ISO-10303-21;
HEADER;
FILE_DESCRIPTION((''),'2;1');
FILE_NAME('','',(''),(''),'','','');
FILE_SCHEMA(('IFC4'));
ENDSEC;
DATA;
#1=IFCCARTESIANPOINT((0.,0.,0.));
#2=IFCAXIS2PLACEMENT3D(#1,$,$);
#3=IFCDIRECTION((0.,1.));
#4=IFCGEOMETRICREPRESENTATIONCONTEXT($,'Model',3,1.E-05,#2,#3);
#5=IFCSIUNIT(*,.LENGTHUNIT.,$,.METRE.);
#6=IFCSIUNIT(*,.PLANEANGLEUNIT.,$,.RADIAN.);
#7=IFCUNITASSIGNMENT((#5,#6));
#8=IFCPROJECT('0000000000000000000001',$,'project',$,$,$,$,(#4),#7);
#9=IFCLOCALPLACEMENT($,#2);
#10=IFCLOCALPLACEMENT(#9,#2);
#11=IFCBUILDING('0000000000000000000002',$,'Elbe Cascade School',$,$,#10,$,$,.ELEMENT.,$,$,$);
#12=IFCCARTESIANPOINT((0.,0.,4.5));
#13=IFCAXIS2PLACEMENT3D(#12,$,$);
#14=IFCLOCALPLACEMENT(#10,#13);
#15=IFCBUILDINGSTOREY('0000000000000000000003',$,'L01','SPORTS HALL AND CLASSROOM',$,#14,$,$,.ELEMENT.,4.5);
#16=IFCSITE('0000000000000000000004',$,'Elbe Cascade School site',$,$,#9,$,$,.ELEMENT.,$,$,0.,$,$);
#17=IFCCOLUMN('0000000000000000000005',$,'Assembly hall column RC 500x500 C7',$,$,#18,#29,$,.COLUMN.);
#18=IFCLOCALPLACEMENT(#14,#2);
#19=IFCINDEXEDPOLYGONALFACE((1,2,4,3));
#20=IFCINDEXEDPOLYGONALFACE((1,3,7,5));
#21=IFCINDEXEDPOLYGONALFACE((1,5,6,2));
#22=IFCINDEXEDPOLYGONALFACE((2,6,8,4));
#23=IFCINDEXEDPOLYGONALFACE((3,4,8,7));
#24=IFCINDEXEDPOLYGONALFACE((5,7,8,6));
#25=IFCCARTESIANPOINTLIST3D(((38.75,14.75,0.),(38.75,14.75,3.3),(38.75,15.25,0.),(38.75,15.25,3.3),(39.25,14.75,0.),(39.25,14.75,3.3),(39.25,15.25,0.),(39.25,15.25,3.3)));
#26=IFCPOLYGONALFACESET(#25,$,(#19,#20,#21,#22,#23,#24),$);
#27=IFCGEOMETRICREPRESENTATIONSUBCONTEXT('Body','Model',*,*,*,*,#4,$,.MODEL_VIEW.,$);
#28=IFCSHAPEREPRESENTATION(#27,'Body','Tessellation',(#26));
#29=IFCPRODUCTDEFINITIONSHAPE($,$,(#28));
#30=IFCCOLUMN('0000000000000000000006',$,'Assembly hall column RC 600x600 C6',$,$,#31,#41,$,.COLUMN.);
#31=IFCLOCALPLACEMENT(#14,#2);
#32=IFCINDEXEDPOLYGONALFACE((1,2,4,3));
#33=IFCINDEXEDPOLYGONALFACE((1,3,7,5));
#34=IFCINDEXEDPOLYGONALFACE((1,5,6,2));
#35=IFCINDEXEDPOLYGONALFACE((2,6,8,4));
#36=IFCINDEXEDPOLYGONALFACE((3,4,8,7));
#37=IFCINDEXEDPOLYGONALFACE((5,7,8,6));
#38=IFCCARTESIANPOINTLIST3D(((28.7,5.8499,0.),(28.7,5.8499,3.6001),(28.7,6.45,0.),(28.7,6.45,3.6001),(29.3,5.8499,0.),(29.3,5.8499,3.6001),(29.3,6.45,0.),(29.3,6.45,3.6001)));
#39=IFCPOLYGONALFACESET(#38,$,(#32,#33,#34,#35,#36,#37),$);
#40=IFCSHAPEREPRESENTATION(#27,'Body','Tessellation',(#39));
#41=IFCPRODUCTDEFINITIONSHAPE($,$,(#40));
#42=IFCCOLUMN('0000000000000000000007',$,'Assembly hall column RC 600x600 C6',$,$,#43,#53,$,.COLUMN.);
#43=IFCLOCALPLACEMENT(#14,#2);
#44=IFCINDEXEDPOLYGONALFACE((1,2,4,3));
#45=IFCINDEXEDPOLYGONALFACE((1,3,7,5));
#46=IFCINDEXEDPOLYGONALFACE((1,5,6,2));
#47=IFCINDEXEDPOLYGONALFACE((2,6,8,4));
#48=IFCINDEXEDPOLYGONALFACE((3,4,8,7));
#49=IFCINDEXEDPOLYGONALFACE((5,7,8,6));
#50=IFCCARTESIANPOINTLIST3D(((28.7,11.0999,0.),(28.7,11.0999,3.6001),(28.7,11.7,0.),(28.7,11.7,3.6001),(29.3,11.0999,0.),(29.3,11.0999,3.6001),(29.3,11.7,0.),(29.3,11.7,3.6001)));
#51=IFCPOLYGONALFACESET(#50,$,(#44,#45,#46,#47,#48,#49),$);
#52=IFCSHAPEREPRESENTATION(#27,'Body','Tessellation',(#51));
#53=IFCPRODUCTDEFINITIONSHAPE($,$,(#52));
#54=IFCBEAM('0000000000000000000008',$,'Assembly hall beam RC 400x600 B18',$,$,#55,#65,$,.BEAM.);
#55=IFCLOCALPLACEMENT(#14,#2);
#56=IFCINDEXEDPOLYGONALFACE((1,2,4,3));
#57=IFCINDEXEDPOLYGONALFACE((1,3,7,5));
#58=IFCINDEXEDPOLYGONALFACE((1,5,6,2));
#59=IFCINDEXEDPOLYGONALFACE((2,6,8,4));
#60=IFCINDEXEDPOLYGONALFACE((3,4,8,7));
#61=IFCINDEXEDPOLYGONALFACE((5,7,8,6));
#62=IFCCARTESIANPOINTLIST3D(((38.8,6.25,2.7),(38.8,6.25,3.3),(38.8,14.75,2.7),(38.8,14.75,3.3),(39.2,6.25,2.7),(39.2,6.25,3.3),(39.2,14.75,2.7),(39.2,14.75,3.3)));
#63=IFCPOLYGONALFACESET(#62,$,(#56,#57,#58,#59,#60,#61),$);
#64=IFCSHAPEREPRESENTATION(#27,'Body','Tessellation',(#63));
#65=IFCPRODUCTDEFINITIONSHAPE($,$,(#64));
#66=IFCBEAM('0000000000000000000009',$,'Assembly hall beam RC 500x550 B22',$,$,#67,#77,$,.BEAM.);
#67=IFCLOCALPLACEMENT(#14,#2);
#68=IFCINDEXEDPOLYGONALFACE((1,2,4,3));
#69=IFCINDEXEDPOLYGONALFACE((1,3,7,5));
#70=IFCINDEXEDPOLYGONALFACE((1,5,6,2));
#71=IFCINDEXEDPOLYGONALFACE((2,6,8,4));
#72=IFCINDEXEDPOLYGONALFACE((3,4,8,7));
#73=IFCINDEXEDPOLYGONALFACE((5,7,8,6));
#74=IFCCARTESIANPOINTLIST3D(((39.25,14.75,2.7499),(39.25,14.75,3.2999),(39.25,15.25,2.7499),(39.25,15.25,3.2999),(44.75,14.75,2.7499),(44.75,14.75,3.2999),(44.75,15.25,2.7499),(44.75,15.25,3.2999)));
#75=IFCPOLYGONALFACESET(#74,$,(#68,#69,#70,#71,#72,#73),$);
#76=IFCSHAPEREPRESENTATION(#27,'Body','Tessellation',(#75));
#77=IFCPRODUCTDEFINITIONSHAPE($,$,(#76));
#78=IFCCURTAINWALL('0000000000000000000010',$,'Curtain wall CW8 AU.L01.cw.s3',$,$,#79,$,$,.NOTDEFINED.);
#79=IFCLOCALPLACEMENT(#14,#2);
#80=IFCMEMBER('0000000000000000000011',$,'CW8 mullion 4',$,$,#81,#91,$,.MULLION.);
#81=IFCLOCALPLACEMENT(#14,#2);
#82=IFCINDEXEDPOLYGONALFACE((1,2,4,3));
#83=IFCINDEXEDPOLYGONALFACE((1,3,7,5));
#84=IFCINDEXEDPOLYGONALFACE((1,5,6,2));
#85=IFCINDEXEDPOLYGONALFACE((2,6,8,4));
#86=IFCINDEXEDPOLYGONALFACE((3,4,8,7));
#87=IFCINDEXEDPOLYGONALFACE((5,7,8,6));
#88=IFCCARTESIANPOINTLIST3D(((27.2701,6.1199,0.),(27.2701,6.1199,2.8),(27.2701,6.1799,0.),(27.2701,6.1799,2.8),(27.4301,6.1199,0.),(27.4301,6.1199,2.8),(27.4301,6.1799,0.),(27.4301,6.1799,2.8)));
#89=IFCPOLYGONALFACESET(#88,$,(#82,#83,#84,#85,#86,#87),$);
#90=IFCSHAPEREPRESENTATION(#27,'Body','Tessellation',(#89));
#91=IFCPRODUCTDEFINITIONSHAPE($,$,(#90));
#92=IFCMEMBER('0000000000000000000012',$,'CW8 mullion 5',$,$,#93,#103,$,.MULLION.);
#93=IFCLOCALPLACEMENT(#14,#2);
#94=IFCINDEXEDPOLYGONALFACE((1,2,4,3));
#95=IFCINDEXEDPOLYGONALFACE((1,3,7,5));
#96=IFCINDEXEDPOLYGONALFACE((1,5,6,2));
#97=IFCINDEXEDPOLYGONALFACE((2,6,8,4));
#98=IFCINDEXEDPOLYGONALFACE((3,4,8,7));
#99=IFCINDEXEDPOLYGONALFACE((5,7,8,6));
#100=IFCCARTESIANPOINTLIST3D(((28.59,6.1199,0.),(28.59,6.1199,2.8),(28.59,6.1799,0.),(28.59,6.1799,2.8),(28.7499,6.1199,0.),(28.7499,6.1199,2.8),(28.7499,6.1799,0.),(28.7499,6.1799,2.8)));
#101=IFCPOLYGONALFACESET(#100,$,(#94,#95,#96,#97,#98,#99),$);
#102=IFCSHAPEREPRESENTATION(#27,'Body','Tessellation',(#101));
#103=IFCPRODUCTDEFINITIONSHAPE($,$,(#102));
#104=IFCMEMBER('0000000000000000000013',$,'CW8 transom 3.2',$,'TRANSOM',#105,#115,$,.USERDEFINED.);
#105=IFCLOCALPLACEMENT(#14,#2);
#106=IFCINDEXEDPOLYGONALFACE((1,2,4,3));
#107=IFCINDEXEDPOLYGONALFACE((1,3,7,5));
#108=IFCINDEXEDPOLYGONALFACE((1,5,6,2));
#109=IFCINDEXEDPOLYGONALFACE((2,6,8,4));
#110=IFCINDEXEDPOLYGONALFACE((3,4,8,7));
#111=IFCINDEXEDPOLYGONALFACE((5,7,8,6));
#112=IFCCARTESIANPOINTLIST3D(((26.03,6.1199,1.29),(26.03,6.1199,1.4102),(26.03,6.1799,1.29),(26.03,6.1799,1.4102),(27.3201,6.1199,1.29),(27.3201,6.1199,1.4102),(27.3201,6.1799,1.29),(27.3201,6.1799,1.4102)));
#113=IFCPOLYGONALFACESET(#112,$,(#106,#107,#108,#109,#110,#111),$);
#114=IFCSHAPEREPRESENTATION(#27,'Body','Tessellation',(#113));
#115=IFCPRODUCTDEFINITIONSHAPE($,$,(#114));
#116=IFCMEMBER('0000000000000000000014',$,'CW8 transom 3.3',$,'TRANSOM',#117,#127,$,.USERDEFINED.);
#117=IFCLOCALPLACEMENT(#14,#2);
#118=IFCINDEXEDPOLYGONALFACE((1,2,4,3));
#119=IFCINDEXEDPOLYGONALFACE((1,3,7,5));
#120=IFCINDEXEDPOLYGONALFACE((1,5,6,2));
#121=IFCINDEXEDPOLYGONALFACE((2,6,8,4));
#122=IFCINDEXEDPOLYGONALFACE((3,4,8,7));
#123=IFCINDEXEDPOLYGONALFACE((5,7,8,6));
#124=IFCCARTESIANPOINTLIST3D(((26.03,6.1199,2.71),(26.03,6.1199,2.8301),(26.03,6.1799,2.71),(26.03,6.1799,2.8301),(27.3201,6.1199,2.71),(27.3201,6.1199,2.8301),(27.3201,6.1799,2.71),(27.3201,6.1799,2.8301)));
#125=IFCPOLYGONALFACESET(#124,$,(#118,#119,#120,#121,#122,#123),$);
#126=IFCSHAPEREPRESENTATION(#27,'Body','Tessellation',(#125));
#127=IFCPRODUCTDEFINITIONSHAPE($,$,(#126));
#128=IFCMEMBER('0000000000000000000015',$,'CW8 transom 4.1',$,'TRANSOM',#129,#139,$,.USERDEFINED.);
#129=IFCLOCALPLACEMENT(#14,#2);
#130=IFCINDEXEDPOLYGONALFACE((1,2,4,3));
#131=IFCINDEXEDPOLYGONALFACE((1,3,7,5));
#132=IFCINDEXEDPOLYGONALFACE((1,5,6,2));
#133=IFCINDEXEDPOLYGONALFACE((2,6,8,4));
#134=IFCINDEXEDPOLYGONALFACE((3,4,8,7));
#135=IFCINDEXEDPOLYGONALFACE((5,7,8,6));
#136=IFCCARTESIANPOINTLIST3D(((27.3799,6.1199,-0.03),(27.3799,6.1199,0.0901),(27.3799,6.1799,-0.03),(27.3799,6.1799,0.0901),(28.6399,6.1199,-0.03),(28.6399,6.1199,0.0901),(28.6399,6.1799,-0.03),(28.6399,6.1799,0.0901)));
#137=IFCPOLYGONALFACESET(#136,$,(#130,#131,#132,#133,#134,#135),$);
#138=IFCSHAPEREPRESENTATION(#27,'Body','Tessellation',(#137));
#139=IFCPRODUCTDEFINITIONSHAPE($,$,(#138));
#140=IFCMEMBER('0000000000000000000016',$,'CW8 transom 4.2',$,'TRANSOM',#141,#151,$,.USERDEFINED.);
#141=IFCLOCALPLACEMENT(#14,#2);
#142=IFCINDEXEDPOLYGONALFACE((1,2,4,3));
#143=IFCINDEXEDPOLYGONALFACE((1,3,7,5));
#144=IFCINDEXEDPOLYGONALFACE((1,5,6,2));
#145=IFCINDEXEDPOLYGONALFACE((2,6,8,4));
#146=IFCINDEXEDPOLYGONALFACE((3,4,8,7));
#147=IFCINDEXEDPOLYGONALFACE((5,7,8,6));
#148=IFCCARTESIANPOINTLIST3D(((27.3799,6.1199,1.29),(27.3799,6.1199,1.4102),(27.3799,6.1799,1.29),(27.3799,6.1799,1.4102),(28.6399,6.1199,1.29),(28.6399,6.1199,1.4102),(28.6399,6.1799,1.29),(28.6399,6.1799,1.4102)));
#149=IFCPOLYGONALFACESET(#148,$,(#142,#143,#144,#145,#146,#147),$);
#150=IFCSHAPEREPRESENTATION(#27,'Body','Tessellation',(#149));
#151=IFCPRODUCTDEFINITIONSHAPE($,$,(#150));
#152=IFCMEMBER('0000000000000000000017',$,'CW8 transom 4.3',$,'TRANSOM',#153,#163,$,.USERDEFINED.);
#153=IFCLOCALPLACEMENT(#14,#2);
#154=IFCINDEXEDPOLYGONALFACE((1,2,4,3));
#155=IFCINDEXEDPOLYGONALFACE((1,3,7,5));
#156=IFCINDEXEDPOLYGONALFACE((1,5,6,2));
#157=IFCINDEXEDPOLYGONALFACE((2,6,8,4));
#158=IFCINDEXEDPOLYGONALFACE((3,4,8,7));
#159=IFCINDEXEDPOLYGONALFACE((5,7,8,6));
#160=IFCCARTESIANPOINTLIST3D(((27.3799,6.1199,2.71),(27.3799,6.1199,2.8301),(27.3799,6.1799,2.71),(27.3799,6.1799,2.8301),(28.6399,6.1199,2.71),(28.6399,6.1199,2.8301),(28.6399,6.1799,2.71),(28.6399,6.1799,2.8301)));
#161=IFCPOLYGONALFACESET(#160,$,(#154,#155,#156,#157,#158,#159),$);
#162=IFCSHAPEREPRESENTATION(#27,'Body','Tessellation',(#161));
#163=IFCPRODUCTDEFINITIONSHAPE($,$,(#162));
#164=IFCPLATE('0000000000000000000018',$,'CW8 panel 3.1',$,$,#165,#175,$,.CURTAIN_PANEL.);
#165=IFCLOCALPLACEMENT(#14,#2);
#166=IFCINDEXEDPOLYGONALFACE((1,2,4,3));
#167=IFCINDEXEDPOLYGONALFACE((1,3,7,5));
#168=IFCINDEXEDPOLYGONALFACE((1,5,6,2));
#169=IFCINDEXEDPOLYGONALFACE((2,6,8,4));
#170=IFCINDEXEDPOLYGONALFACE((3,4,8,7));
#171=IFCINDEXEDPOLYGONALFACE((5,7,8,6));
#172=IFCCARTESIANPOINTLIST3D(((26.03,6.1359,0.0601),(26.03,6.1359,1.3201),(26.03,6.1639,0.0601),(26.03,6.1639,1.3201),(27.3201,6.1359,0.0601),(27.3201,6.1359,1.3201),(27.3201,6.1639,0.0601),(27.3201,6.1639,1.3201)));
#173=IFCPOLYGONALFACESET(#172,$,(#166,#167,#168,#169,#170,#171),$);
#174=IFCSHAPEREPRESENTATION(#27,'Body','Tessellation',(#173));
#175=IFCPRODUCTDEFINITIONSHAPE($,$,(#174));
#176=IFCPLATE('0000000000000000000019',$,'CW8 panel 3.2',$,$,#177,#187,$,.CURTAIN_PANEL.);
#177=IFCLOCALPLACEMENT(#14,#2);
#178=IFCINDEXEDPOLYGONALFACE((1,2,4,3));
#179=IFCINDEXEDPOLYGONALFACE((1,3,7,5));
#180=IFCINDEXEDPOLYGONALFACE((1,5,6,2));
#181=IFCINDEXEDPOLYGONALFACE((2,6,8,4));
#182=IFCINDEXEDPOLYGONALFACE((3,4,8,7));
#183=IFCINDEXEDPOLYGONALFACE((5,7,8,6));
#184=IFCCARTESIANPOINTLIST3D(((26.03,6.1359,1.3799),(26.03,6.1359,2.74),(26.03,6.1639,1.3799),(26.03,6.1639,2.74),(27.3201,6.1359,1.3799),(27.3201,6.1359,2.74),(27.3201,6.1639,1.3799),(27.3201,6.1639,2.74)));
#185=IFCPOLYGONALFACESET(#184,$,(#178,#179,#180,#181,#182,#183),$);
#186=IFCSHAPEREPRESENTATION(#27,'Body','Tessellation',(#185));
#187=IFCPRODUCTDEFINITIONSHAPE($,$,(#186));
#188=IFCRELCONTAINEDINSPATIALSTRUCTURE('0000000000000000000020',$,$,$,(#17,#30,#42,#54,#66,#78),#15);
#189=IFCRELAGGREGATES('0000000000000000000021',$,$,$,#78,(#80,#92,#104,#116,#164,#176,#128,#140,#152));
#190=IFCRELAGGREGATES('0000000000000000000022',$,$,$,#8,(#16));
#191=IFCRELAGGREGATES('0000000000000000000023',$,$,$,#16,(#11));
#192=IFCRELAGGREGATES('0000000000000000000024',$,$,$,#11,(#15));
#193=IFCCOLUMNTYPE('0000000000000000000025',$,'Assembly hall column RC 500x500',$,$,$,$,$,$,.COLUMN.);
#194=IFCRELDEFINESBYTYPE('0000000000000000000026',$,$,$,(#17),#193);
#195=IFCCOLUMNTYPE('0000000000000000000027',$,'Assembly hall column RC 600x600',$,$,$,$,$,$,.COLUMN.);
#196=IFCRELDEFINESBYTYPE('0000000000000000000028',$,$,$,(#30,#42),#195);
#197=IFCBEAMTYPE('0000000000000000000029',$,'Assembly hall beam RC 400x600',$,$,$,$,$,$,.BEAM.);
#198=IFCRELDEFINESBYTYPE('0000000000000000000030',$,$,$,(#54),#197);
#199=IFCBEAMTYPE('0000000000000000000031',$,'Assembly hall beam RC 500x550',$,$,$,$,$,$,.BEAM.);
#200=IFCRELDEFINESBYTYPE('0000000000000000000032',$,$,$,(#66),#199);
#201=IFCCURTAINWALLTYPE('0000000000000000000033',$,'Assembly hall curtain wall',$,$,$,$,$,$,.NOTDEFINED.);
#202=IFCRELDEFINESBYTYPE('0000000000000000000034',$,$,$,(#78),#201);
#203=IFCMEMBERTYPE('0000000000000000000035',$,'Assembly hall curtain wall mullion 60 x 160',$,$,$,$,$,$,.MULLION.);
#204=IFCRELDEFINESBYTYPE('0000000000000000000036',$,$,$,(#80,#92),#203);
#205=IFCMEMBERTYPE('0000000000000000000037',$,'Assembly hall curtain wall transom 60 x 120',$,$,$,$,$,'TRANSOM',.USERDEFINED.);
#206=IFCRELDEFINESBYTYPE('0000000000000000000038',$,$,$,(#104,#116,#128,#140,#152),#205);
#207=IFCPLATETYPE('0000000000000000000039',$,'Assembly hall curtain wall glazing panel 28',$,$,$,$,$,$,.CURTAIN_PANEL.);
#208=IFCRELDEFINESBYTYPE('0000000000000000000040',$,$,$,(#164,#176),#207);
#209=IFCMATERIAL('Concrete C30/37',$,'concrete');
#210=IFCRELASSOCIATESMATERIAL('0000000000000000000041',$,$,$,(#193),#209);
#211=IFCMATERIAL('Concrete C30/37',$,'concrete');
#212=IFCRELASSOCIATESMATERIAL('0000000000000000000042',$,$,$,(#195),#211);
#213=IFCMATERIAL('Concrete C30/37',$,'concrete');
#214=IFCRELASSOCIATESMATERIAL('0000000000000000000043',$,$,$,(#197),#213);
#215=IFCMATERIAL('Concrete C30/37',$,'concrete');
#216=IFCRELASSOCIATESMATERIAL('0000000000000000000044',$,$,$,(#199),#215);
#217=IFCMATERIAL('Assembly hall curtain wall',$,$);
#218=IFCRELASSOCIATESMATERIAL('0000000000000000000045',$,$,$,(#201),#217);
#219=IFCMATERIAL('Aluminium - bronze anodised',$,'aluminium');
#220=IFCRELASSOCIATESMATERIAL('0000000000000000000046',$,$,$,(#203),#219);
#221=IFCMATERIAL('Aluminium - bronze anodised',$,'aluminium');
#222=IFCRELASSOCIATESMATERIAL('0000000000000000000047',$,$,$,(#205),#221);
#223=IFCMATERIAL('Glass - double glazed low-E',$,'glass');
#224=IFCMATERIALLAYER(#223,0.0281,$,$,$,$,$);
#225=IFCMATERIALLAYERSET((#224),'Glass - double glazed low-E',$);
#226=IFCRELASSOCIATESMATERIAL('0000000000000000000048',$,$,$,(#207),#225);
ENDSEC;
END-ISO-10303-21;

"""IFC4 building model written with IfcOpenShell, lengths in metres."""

from ifc_helpers import new_model, si_unit, direction, frame, origin, origin_2d, place, context, subcontext, project, spatial, rectangle, extrude, material, layer, layer_set, material_profile, profile_set, type_object, element, aggregate, save


model = new_model("IFC4")

# Units and contexts
model_context = context("Model", 3, precision=1e-05, world=origin(), true_north=direction((0.0, 1.0)))
body_context = subcontext(model_context, "Body", "Model", "MODEL_VIEW")
ifc_project = project(units=[si_unit("LENGTHUNIT", "METRE"), si_unit("PLANEANGLEUNIT", "RADIAN")], contexts=[model_context])

# Site, building, storey
site_placement = place(None, origin())
site = spatial("IfcSite", under=ifc_project, at=site_placement, Name="Elbe Cascade School site", CompositionType="ELEMENT", RefElevation=0.0)
building_placement = place(site_placement, origin())
building = spatial("IfcBuilding", under=site, at=building_placement, Name="Elbe Cascade School", CompositionType="ELEMENT")
storey_placement = place(building_placement, frame((0.0, 0.0, 4.5)))
storey = spatial("IfcBuildingStorey", under=building, at=storey_placement, Name="L01", Description="SPORTS HALL AND CLASSROOM", CompositionType="ELEMENT", Elevation=4.5)

# Columns
ifc_material_1 = material(Name="Concrete C30/37", Category="concrete")
ifc_material_profile_1 = material_profile(ifc_material_1, rectangle(XDim=0.5, YDim=0.5, at=origin_2d()), Name="RC 500x500")
ifc_profile_set_1 = profile_set([ifc_material_profile_1], Name="Concrete C30/37")
column_type_1 = type_object("IfcColumnType", Name="Assembly hall column RC 500x500", PredefinedType="COLUMN", material=ifc_profile_set_1)
column_placement = place(storey_placement, frame((39.0, 15.0, 0.0), z_axis=(0.0, 0.0, 1.0), x_axis=(1.0, 0.0, 0.0)))
element("IfcColumn", 1, at=column_placement, inside=storey, type_object=column_type_1, Name="Assembly hall column RC 500x500 C7", PredefinedType="COLUMN", context=body_context, shape_type="SweptSolid", body=[
    extrude(rectangle(XDim=0.5, YDim=0.5, at=origin_2d()), origin(), (0.0, 0.0, 1.0), 3.3),
])
ifc_material_2 = material(Name="Concrete C30/37", Category="concrete")
ifc_material_profile_2 = material_profile(ifc_material_2, rectangle(XDim=0.6001, YDim=0.6001, at=origin_2d()), Name="RC 600x600")
ifc_profile_set_2 = profile_set([ifc_material_profile_2], Name="Concrete C30/37")
column_type_2 = type_object("IfcColumnType", Name="Assembly hall column RC 600x600", PredefinedType="COLUMN", material=ifc_profile_set_2)
for number, where, z_axis, x_axis, name in (
    (2, (29.0, 6.1499, 0.0), (0.0, 0.0, 1.0), (1.0, 0.0, 0.0), "Assembly hall column RC 600x600 C6"),
    (3, (29.0, 11.3999, 0.0), (0.0, 0.0, 1.0), (1.0, 0.0, 0.0), "Assembly hall column RC 600x600 C6"),
):
    element("IfcColumn", number, at=place(storey_placement, frame(where, z_axis=z_axis, x_axis=x_axis)), inside=storey, type_object=column_type_2, Name=name, PredefinedType="COLUMN", context=body_context, shape_type="SweptSolid", body=[
        extrude(rectangle(XDim=0.6001, YDim=0.6001, at=origin_2d()), origin(), (0.0, 0.0, 1.0), 3.6001),
    ])

# Beams
ifc_material_3 = material(Name="Concrete C30/37", Category="concrete")
ifc_material_profile_3 = material_profile(ifc_material_3, rectangle(XDim=0.3999, YDim=0.6001, at=origin_2d()), Name="RC 400x600")
ifc_profile_set_3 = profile_set([ifc_material_profile_3], Name="Concrete C30/37")
beam_type_1 = type_object("IfcBeamType", Name="Assembly hall beam RC 400x600", PredefinedType="BEAM", material=ifc_profile_set_3)
beam_1_placement = place(storey_placement, frame((39.0, 6.25, 3.0), z_axis=(0.0, 1.0, 0.0), x_axis=(-1.0, 0.0, 0.0)))
element("IfcBeam", 4, at=beam_1_placement, inside=storey, type_object=beam_type_1, Name="Assembly hall beam RC 400x600 B18", PredefinedType="BEAM", context=body_context, shape_type="SweptSolid", body=[
    extrude(rectangle(XDim=0.3999, YDim=0.6001, at=origin_2d()), origin(), (0.0, 0.0, 1.0), 8.5),
])
ifc_material_4 = material(Name="Concrete C30/37", Category="concrete")
ifc_material_profile_4 = material_profile(ifc_material_4, rectangle(XDim=0.5, YDim=0.55, at=origin_2d()), Name="RC 500x550")
ifc_profile_set_4 = profile_set([ifc_material_profile_4], Name="Concrete C30/37")
beam_type_2 = type_object("IfcBeamType", Name="Assembly hall beam RC 500x550", PredefinedType="BEAM", material=ifc_profile_set_4)
beam_2_placement = place(storey_placement, frame((39.25, 15.0, 3.0249), z_axis=(1.0, 0.0, 0.0), x_axis=(0.0, 1.0, 0.0)))
element("IfcBeam", 5, at=beam_2_placement, inside=storey, type_object=beam_type_2, Name="Assembly hall beam RC 500x550 B22", PredefinedType="BEAM", context=body_context, shape_type="SweptSolid", body=[
    extrude(rectangle(XDim=0.5, YDim=0.55, at=origin_2d()), origin(), (0.0, 0.0, 1.0), 5.5),
])

# Curtain wall, members, plates
ifc_material_5 = material(Name="Assembly hall curtain wall")
curtain_wall_type = type_object("IfcCurtainWallType", Name="Assembly hall curtain wall", PredefinedType="NOTDEFINED", material=ifc_material_5)
curtain_wall_placement = place(storey_placement, origin())
curtain_wall = element("IfcCurtainWall", 6, at=curtain_wall_placement, inside=storey, type_object=curtain_wall_type, Name="Curtain wall CW8 AU.L01.cw.s3", PredefinedType="NOTDEFINED")
ifc_material_6 = material(Name="Aluminium - bronze anodised", Category="aluminium")
ifc_material_profile_5 = material_profile(ifc_material_6, rectangle(XDim=0.0601, YDim=0.1599, at=origin_2d()), Name="RECT 60x160")
ifc_profile_set_5 = profile_set([ifc_material_profile_5], Name="Aluminium - bronze anodised")
member_type_1 = type_object("IfcMemberType", Name="Assembly hall curtain wall mullion 60 x 160", PredefinedType="MULLION", material=ifc_profile_set_5)
member_1_placement = place(storey_placement, frame((27.3501, 6.1499, 0.0), z_axis=(0.0, 0.0, 1.0), x_axis=(0.0, 1.0, 0.0)))
member_1 = element("IfcMember", 7, at=member_1_placement, type_object=member_type_1, Name="CW8 mullion 4", PredefinedType="MULLION", context=body_context, shape_type="SweptSolid", body=[
    extrude(rectangle(XDim=0.0601, YDim=0.1599, at=origin_2d()), origin(), (0.0, 0.0, 1.0), 2.8),
])
member_2_placement = place(storey_placement, frame((28.6699, 6.1499, 0.0), z_axis=(0.0, 0.0, 1.0), x_axis=(0.0, 1.0, 0.0)))
member_2 = element("IfcMember", 8, at=member_2_placement, type_object=member_type_1, Name="CW8 mullion 5", PredefinedType="MULLION", context=body_context, shape_type="SweptSolid", body=[
    extrude(rectangle(XDim=0.0601, YDim=0.1599, at=origin_2d()), origin(), (0.0, 0.0, 1.0), 2.8),
])
ifc_material_7 = material(Name="Aluminium - bronze anodised", Category="aluminium")
ifc_material_profile_6 = material_profile(ifc_material_7, rectangle(XDim=0.0601, YDim=0.1201, at=origin_2d()), Name="RECT 60x120")
ifc_profile_set_6 = profile_set([ifc_material_profile_6], Name="Aluminium - bronze anodised")
member_type_2 = type_object("IfcMemberType", Name="Assembly hall curtain wall transom 60 x 120", ElementType="TRANSOM", PredefinedType="USERDEFINED", material=ifc_profile_set_6)
member_3_placement = place(storey_placement, frame((26.03, 6.1499, 1.3501), z_axis=(1.0, 0.0, 0.0), x_axis=(0.0, 1.0, 0.0)))
member_3 = element("IfcMember", 9, at=member_3_placement, type_object=member_type_2, Name="CW8 transom 3.2", ObjectType="TRANSOM", PredefinedType="USERDEFINED", context=body_context, shape_type="SweptSolid", body=[
    extrude(rectangle(XDim=0.0601, YDim=0.1201, at=origin_2d()), origin(), (0.0, 0.0, 1.0), 1.29),
])
member_4_placement = place(storey_placement, frame((26.03, 6.1499, 2.77), z_axis=(1.0, 0.0, 0.0), x_axis=(0.0, 1.0, 0.0)))
member_4 = element("IfcMember", 10, at=member_4_placement, type_object=member_type_2, Name="CW8 transom 3.3", ObjectType="TRANSOM", PredefinedType="USERDEFINED", context=body_context, shape_type="SweptSolid", body=[
    extrude(rectangle(XDim=0.0601, YDim=0.1201, at=origin_2d()), origin(), (0.0, 0.0, 1.0), 1.29),
])
member_5_placement = place(storey_placement, frame((27.3799, 6.1499, 0.03), z_axis=(1.0, 0.0, 0.0), x_axis=(0.0, 1.0, 0.0)))
member_5 = element("IfcMember", 11, at=member_5_placement, type_object=member_type_2, Name="CW8 transom 4.1", ObjectType="TRANSOM", PredefinedType="USERDEFINED", context=body_context, shape_type="SweptSolid", body=[
    extrude(rectangle(XDim=0.0601, YDim=0.1201, at=origin_2d()), origin(), (0.0, 0.0, 1.0), 1.26),
])
member_6_placement = place(storey_placement, frame((27.3799, 6.1499, 1.3501), z_axis=(1.0, 0.0, 0.0), x_axis=(0.0, 1.0, 0.0)))
member_6 = element("IfcMember", 12, at=member_6_placement, type_object=member_type_2, Name="CW8 transom 4.2", ObjectType="TRANSOM", PredefinedType="USERDEFINED", context=body_context, shape_type="SweptSolid", body=[
    extrude(rectangle(XDim=0.0601, YDim=0.1201, at=origin_2d()), origin(), (0.0, 0.0, 1.0), 1.26),
])
member_7_placement = place(storey_placement, frame((27.3799, 6.1499, 2.77), z_axis=(1.0, 0.0, 0.0), x_axis=(0.0, 1.0, 0.0)))
member_7 = element("IfcMember", 13, at=member_7_placement, type_object=member_type_2, Name="CW8 transom 4.3", ObjectType="TRANSOM", PredefinedType="USERDEFINED", context=body_context, shape_type="SweptSolid", body=[
    extrude(rectangle(XDim=0.0601, YDim=0.1201, at=origin_2d()), origin(), (0.0, 0.0, 1.0), 1.26),
])
ifc_material_8 = material(Name="Glass - double glazed low-E", Category="glass")
ifc_layer_1 = layer(ifc_material_8, 0.0281)
ifc_layer_set_1 = layer_set([ifc_layer_1], Name="Glass - double glazed low-E")
plate_type = type_object("IfcPlateType", Name="Assembly hall curtain wall glazing panel 28", PredefinedType="CURTAIN_PANEL", material=ifc_layer_set_1)
plate_1_placement = place(storey_placement, frame((26.675, 6.1499, 0.0601), z_axis=(0.0, 0.0, 1.0), x_axis=(1.0, 0.0, 0.0)))
plate_1 = element("IfcPlate", 14, at=plate_1_placement, type_object=plate_type, Name="CW8 panel 3.1", PredefinedType="CURTAIN_PANEL", context=body_context, shape_type="SweptSolid", body=[
    extrude(rectangle(XDim=1.29, YDim=0.0281, at=origin_2d()), origin(), (0.0, 0.0, 1.0), 1.26),
])
plate_2_placement = place(storey_placement, frame((26.675, 6.1499, 1.3799), z_axis=(0.0, 0.0, 1.0), x_axis=(1.0, 0.0, 0.0)))
plate_2 = element("IfcPlate", 15, at=plate_2_placement, type_object=plate_type, Name="CW8 panel 3.2", PredefinedType="CURTAIN_PANEL", context=body_context, shape_type="SweptSolid", body=[
    extrude(rectangle(XDim=1.29, YDim=0.0281, at=origin_2d()), origin(), (0.0, 0.0, 1.0), 1.3601),
])
aggregate(curtain_wall, [member_1, member_2, member_3, member_4, plate_1, plate_2, member_5, member_6, member_7])

save(model, "model.ifc")
